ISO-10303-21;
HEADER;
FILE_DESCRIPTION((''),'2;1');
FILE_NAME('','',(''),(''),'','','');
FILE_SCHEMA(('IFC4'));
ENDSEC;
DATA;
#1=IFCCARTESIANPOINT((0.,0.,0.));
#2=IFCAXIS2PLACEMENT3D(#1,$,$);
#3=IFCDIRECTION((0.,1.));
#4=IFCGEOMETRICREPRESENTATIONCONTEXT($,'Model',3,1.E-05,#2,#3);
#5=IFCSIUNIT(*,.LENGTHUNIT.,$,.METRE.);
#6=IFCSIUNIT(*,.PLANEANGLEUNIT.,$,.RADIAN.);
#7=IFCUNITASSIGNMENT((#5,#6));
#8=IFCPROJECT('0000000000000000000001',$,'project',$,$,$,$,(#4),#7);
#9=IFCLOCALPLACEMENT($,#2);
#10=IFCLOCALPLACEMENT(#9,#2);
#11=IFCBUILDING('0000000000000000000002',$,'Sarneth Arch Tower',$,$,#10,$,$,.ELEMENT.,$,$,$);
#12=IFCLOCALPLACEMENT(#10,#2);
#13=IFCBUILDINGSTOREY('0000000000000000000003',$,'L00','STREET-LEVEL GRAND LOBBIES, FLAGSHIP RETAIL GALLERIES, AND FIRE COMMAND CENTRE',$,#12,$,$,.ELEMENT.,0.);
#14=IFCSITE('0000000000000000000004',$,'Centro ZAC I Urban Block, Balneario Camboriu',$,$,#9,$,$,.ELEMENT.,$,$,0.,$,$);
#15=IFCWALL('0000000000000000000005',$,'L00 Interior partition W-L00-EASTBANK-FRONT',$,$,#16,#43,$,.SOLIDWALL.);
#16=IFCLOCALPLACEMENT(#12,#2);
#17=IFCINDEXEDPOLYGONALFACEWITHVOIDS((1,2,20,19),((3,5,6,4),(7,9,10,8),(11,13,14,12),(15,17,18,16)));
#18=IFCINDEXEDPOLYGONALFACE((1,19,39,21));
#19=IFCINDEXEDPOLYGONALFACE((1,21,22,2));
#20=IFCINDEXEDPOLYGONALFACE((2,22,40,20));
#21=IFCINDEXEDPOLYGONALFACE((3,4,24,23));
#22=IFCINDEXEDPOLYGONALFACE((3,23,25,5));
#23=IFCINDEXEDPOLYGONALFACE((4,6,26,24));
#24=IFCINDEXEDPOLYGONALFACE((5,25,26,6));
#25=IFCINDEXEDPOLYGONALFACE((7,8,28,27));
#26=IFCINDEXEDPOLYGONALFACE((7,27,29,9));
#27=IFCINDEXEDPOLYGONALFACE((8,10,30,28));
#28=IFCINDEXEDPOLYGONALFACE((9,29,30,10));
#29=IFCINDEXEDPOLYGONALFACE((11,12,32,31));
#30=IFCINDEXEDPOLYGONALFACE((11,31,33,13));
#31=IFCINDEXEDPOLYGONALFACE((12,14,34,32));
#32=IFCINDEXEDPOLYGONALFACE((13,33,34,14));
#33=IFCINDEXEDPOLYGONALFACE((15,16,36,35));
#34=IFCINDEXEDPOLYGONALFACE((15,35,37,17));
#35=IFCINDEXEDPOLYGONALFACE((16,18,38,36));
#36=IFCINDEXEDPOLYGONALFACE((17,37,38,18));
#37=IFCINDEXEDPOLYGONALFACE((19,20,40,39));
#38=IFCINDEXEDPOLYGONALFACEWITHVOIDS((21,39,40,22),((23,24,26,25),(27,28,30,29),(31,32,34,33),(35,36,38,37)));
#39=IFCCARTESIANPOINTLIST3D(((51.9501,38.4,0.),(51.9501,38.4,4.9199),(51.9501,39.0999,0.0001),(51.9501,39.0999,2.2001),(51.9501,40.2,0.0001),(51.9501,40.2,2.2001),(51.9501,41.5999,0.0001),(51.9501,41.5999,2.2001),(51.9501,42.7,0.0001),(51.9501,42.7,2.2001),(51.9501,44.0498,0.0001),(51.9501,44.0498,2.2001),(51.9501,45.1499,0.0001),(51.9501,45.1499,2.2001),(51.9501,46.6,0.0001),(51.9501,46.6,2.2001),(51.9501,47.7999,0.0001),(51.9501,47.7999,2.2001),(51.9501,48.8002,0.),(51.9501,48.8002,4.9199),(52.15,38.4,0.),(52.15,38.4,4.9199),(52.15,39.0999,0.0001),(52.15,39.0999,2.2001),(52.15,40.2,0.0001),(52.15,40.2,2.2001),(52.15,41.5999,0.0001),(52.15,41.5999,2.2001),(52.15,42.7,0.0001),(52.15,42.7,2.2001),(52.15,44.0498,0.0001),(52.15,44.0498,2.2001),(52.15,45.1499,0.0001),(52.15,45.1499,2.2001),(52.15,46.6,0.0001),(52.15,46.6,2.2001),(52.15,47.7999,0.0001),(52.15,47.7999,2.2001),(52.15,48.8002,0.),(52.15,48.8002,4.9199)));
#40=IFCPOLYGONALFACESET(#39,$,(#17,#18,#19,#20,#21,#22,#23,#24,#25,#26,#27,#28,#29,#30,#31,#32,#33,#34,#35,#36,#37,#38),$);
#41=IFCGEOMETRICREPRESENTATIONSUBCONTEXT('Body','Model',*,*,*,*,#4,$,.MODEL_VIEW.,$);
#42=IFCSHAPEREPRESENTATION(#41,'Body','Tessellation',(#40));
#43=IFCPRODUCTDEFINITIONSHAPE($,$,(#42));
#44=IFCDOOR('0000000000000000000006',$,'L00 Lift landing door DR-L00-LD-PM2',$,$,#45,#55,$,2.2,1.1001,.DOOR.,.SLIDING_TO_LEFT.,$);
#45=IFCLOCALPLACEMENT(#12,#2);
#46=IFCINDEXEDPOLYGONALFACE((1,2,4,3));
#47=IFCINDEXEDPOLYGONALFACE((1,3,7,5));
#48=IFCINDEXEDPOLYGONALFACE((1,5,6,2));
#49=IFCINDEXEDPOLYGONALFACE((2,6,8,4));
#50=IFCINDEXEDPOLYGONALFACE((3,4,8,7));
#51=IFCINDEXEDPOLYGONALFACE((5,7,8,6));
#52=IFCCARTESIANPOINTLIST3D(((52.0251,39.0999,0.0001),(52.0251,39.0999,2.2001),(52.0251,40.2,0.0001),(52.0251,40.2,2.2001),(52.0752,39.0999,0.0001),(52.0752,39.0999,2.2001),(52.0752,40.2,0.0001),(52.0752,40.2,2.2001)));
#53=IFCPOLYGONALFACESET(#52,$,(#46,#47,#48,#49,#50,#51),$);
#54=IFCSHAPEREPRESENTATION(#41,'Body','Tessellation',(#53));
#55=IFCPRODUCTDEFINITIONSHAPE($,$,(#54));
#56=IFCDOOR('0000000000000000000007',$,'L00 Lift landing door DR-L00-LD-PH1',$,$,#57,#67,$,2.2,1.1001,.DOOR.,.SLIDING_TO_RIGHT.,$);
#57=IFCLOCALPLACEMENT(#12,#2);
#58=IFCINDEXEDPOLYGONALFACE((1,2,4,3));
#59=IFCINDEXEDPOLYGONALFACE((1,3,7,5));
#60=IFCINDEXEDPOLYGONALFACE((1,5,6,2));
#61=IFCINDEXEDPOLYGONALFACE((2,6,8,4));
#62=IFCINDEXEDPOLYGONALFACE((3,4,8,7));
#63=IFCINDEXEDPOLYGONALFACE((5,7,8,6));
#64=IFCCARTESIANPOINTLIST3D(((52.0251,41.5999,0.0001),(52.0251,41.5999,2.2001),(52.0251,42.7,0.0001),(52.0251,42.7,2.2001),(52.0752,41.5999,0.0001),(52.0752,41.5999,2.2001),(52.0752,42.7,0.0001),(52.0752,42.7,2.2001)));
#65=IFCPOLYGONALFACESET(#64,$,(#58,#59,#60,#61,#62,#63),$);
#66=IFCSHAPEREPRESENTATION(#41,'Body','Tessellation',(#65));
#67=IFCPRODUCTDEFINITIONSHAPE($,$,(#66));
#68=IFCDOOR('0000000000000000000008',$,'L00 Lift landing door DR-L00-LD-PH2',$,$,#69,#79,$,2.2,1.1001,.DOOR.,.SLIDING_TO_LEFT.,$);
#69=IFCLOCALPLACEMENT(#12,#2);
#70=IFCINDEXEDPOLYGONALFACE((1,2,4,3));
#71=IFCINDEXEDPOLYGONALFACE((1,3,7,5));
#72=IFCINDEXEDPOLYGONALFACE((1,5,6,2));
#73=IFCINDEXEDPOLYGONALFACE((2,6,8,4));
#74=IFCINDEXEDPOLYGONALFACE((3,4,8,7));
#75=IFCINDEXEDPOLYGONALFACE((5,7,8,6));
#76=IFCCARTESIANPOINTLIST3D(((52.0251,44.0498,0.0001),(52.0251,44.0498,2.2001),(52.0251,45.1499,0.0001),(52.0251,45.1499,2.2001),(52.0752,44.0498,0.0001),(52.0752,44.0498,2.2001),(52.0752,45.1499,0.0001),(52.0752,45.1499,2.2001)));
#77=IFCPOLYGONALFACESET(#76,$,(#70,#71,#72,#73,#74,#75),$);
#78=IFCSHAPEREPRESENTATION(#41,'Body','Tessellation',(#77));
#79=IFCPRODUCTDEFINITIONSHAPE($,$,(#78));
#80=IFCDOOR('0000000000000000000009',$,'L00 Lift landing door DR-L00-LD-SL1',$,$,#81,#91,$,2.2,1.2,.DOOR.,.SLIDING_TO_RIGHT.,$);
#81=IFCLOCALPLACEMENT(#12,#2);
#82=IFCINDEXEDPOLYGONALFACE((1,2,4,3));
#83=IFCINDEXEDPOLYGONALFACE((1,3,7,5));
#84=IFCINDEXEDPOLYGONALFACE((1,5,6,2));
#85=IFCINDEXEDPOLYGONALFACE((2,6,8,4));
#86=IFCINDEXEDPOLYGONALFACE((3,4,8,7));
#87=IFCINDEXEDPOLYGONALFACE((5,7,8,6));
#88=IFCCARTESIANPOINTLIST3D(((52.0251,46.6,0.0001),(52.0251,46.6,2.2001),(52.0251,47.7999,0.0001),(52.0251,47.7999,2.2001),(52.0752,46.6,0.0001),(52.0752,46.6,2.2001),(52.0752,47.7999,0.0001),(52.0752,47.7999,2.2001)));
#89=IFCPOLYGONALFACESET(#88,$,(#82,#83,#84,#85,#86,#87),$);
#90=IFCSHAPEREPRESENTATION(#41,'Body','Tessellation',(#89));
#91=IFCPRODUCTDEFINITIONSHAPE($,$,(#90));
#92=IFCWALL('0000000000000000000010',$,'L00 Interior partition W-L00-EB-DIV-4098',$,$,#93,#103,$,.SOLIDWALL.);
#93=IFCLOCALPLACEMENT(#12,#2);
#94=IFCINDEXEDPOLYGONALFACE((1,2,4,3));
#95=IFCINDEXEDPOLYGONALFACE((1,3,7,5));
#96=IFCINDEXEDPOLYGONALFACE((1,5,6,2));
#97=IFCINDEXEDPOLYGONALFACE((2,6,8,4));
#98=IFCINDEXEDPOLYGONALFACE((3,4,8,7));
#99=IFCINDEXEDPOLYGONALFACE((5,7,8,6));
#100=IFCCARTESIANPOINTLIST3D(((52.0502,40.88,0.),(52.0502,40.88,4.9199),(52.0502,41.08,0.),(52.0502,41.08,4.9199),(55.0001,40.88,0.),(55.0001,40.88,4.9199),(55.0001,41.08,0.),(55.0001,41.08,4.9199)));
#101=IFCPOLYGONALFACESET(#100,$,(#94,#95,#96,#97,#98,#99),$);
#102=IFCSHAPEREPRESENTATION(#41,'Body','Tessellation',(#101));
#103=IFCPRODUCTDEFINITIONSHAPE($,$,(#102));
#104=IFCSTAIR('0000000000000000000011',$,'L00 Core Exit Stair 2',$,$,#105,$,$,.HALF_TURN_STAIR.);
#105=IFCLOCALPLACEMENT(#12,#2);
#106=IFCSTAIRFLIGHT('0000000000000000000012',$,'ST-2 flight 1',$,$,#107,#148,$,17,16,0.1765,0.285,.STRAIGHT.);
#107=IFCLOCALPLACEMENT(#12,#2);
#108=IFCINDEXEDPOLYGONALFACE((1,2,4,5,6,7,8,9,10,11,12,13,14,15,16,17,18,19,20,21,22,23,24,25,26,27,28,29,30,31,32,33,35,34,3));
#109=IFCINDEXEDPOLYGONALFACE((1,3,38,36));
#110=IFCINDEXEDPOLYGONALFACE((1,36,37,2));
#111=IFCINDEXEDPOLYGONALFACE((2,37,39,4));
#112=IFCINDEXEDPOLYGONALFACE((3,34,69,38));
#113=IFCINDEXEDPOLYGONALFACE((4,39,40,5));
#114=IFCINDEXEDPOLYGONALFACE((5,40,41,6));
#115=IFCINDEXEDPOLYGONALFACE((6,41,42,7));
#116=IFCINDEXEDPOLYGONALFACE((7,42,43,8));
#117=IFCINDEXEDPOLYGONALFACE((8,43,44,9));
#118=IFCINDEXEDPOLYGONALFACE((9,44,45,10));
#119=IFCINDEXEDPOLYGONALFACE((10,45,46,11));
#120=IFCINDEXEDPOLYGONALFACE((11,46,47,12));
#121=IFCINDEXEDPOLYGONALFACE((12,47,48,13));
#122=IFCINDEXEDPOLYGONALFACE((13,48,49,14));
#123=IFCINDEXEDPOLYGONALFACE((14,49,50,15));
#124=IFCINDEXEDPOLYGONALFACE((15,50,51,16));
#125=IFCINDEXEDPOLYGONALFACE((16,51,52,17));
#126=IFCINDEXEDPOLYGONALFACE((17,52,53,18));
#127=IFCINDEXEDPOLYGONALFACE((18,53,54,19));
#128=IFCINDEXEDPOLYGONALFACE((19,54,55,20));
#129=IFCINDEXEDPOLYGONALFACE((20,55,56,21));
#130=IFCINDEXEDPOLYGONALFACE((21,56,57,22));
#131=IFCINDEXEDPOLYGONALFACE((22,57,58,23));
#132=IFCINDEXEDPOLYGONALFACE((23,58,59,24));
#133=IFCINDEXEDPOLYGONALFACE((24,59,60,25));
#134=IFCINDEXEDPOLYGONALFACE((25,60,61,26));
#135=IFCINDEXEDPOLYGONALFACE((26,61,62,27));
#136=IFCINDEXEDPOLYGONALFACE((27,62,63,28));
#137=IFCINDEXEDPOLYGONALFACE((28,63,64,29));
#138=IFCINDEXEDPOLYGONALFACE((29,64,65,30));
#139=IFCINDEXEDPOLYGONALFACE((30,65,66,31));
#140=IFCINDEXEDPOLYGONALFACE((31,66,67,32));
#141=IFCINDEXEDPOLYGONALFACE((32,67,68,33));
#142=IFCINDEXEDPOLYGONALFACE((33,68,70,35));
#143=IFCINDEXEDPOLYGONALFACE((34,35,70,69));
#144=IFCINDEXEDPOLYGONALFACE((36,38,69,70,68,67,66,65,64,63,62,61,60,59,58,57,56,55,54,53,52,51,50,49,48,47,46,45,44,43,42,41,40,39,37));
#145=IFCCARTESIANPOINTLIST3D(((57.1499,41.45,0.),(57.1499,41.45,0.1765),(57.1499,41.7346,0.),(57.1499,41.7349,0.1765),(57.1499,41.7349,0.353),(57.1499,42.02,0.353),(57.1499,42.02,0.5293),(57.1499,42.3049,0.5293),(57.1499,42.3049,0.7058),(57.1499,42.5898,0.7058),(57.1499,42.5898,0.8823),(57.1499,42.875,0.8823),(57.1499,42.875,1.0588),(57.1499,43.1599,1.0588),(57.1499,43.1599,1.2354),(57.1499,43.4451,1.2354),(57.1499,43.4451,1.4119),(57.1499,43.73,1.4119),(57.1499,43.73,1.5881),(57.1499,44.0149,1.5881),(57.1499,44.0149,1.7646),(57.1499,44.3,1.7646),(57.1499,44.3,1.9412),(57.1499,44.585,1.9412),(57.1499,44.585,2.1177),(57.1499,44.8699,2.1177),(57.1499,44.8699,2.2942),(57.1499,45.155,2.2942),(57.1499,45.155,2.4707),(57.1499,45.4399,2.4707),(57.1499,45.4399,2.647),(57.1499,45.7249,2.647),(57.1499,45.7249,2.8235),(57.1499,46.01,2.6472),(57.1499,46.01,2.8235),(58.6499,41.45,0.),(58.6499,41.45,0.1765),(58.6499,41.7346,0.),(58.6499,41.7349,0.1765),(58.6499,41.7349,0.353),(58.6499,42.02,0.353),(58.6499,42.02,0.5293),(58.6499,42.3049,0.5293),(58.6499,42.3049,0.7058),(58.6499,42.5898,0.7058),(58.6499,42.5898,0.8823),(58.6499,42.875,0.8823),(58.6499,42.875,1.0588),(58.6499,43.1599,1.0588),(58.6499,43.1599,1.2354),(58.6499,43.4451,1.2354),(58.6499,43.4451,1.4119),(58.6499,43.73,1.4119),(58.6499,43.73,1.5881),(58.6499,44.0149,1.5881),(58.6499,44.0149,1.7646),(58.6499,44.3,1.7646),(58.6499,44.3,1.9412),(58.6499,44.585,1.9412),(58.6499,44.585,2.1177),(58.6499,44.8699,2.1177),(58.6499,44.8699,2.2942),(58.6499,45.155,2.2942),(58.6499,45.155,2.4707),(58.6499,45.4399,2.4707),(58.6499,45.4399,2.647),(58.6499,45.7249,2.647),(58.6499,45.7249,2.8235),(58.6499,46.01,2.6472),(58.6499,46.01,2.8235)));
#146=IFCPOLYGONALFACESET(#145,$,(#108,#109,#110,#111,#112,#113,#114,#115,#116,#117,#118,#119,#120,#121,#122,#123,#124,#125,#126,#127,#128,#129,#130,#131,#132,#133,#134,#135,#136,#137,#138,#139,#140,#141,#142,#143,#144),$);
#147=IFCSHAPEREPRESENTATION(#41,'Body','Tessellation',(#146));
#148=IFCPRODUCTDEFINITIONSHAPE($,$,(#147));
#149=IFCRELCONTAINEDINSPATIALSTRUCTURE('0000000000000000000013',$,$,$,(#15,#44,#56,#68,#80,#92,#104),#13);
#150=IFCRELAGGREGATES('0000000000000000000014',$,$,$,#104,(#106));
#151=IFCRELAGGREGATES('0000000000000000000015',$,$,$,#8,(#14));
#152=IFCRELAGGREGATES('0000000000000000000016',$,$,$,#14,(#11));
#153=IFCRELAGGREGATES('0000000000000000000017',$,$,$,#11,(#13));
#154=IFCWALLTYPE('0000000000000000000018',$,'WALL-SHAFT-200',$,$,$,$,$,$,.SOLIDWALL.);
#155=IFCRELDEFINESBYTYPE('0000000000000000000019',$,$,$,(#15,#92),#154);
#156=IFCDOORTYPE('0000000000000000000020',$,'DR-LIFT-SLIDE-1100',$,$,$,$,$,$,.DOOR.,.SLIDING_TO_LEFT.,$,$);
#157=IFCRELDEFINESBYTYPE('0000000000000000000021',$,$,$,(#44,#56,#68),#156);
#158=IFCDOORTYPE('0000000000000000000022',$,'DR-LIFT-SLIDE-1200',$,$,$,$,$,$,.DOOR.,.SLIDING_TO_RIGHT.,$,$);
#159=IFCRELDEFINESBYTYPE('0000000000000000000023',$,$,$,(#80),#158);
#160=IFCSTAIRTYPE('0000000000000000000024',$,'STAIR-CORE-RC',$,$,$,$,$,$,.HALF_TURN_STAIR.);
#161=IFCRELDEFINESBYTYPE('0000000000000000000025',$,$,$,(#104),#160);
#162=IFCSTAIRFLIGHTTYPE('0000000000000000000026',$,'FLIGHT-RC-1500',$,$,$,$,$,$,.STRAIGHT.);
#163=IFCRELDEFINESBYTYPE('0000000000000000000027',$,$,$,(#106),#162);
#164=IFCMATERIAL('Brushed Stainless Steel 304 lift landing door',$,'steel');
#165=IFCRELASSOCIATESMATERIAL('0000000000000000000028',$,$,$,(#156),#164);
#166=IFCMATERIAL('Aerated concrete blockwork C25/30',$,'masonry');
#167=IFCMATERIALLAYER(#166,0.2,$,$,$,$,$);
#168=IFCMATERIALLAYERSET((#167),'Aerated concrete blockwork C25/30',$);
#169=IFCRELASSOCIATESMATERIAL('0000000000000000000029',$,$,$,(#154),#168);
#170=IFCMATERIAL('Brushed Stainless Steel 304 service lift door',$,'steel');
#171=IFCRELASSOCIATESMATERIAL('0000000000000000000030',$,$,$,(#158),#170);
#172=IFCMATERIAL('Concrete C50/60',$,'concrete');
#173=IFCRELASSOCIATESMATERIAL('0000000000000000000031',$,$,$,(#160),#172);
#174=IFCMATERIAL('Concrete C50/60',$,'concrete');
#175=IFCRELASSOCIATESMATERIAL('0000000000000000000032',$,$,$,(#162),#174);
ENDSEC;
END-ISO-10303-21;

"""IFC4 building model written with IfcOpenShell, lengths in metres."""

from ifc_helpers import new_model, si_unit, direction, frame, frame_2d, origin, place, context, subcontext, project, spatial, polyline, rectangle, outline, extrude, material, layer, layer_set, type_object, element, fill, aggregate, save


model = new_model("IFC4")

# Units and contexts
model_context = context("Model", 3, precision=1e-05, world=origin(), true_north=direction((0.0, 1.0)))
body_context = subcontext(model_context, "Body", "Model", "MODEL_VIEW")
ifc_project = project(units=[si_unit("LENGTHUNIT", "METRE"), si_unit("PLANEANGLEUNIT", "RADIAN")], contexts=[model_context])

# Site, building, storey
site_placement = place(None, origin())
site = spatial("IfcSite", under=ifc_project, at=site_placement, Name="Centro ZAC I Urban Block, Balneario Camboriu", CompositionType="ELEMENT", RefElevation=0.0)
building_placement = place(site_placement, origin())
building = spatial("IfcBuilding", under=site, at=building_placement, Name="Sarneth Arch Tower", CompositionType="ELEMENT")
storey_placement = place(building_placement, origin())
storey = spatial("IfcBuildingStorey", under=building, at=storey_placement, Name="L00", Description="STREET-LEVEL GRAND LOBBIES, FLAGSHIP RETAIL GALLERIES, AND FIRE COMMAND CENTRE", CompositionType="ELEMENT", Elevation=0.0)

# Shared definitions
ifc_material_1 = material(Name="Brushed Stainless Steel 304 lift landing door", Category="steel")
door_type_1 = type_object("IfcDoorType", Name="DR-LIFT-SLIDE-1100", OperationType="SLIDING_TO_LEFT", PredefinedType="DOOR", material=ifc_material_1)

# Shared definitions
ifc_material_2 = material(Name="Aerated concrete blockwork C25/30", Category="masonry")
ifc_layer_1 = layer(ifc_material_2, 0.2)
ifc_layer_set_1 = layer_set([ifc_layer_1], Name="Aerated concrete blockwork C25/30")
wall_type_1 = type_object("IfcWallType", Name="WALL-SHAFT-200", PredefinedType="SOLIDWALL", material=ifc_layer_set_1)

# Wall, openings, doors
wall_1_placement = place(storey_placement, frame((52.05, 38.3999, 0.0), z_axis=(0.0, 0.0, 1.0), x_axis=(0.0, 1.0, 0.0)))
wall_1 = element("IfcWall", 1, at=wall_1_placement, inside=storey, type_object=wall_type_1, Name="L00 Interior partition W-L00-EASTBANK-FRONT", PredefinedType="SOLIDWALL", context=body_context, shape_type="SweptSolid", body=[
    extrude(rectangle(XDim=10.4001, YDim=0.2, at=frame_2d((5.2002, 0.0))), origin(), (0.0, 0.0, 1.0), 4.9199),
])
opening_1_placement = place(wall_1_placement, frame((0.7, 0.0, 0.0)))
opening_1 = element("IfcOpeningElement", 2, at=opening_1_placement, cuts=wall_1, PredefinedType="OPENING", context=body_context, shape_type="SweptSolid", body=[
    extrude(rectangle(XDim=1.1001, YDim=2.2, at=frame_2d((0.55, 1.1001))), frame((0.0, 0.1099, 0.0), z_axis=(0.0, -1.0, 0.0), x_axis=(1.0, 0.0, 0.0)), (0.0, 0.0, 1.0), 0.22),
])
opening_2_placement = place(wall_1_placement, frame((3.2, 0.0, 0.0)))
opening_2 = element("IfcOpeningElement", 3, at=opening_2_placement, cuts=wall_1, PredefinedType="OPENING", context=body_context, shape_type="SweptSolid", body=[
    extrude(rectangle(XDim=1.1001, YDim=2.2, at=frame_2d((0.55, 1.1001))), frame((0.0, 0.1099, 0.0), z_axis=(0.0, -1.0, 0.0), x_axis=(1.0, 0.0, 0.0)), (0.0, 0.0, 1.0), 0.22),
])
opening_3_placement = place(wall_1_placement, frame((5.6499, 0.0, 0.0)))
opening_3 = element("IfcOpeningElement", 4, at=opening_3_placement, cuts=wall_1, PredefinedType="OPENING", context=body_context, shape_type="SweptSolid", body=[
    extrude(rectangle(XDim=1.1001, YDim=2.2, at=frame_2d((0.55, 1.1001))), frame((0.0, 0.1099, 0.0), z_axis=(0.0, -1.0, 0.0), x_axis=(1.0, 0.0, 0.0)), (0.0, 0.0, 1.0), 0.22),
])
opening_4_placement = place(wall_1_placement, frame((8.2, 0.0, 0.0)))
opening_4 = element("IfcOpeningElement", 5, at=opening_4_placement, cuts=wall_1, PredefinedType="OPENING", context=body_context, shape_type="SweptSolid", body=[
    extrude(rectangle(XDim=1.2, YDim=2.2, at=frame_2d((0.6001, 1.1001))), frame((0.0, 0.1099, 0.0), z_axis=(0.0, -1.0, 0.0), x_axis=(1.0, 0.0, 0.0)), (0.0, 0.0, 1.0), 0.22),
])
door_1_placement = place(opening_1_placement, origin())
door_1 = element("IfcDoor", 6, at=door_1_placement, inside=storey, type_object=door_type_1, Name="L00 Lift landing door DR-L00-LD-PM2", OperationType="SLIDING_TO_LEFT", OverallHeight=2.2, OverallWidth=1.1001, PredefinedType="DOOR", context=body_context, shape_type="SweptSolid", body=[
    extrude(rectangle(XDim=1.1001, YDim=2.2, at=frame_2d((0.55, 1.1001))), frame((0.0, 0.0249, 0.0), z_axis=(0.0, -1.0, 0.0), x_axis=(1.0, 0.0, 0.0)), (0.0, 0.0, 1.0), 0.05),
])
fill(opening_1, door_1)
door_2_placement = place(opening_2_placement, origin())
door_2 = element("IfcDoor", 7, at=door_2_placement, inside=storey, type_object=door_type_1, Name="L00 Lift landing door DR-L00-LD-PH1", OperationType="SLIDING_TO_RIGHT", OverallHeight=2.2, OverallWidth=1.1001, PredefinedType="DOOR", context=body_context, shape_type="SweptSolid", body=[
    extrude(rectangle(XDim=1.1001, YDim=2.2, at=frame_2d((0.55, 1.1001))), frame((0.0, 0.0249, 0.0), z_axis=(0.0, -1.0, 0.0), x_axis=(1.0, 0.0, 0.0)), (0.0, 0.0, 1.0), 0.05),
])
fill(opening_2, door_2)
door_3_placement = place(opening_3_placement, origin())
door_3 = element("IfcDoor", 8, at=door_3_placement, inside=storey, type_object=door_type_1, Name="L00 Lift landing door DR-L00-LD-PH2", OperationType="SLIDING_TO_LEFT", OverallHeight=2.2, OverallWidth=1.1001, PredefinedType="DOOR", context=body_context, shape_type="SweptSolid", body=[
    extrude(rectangle(XDim=1.1001, YDim=2.2, at=frame_2d((0.55, 1.1001))), frame((0.0, 0.0249, 0.0), z_axis=(0.0, -1.0, 0.0), x_axis=(1.0, 0.0, 0.0)), (0.0, 0.0, 1.0), 0.05),
])
fill(opening_3, door_3)
ifc_material_3 = material(Name="Brushed Stainless Steel 304 service lift door", Category="steel")
door_type_2 = type_object("IfcDoorType", Name="DR-LIFT-SLIDE-1200", OperationType="SLIDING_TO_RIGHT", PredefinedType="DOOR", material=ifc_material_3)
door_4_placement = place(opening_4_placement, origin())
door_4 = element("IfcDoor", 9, at=door_4_placement, inside=storey, type_object=door_type_2, Name="L00 Lift landing door DR-L00-LD-SL1", OperationType="SLIDING_TO_RIGHT", OverallHeight=2.2, OverallWidth=1.2, PredefinedType="DOOR", context=body_context, shape_type="SweptSolid", body=[
    extrude(rectangle(XDim=1.2, YDim=2.2, at=frame_2d((0.6001, 1.1001))), frame((0.0, 0.0249, 0.0), z_axis=(0.0, -1.0, 0.0), x_axis=(1.0, 0.0, 0.0)), (0.0, 0.0, 1.0), 0.05),
])
fill(opening_4, door_4)

# Wall
wall_2_placement = place(storey_placement, frame((52.05, 40.98, 0.0), z_axis=(0.0, 0.0, 1.0), x_axis=(1.0, 0.0, 0.0)))
element("IfcWall", 10, at=wall_2_placement, inside=storey, type_object=wall_type_1, Name="L00 Interior partition W-L00-EB-DIV-4098", PredefinedType="SOLIDWALL", context=body_context, shape_type="SweptSolid", body=[
    extrude(rectangle(XDim=2.95, YDim=0.2, at=frame_2d((1.4751, 0.0))), origin(), (0.0, 0.0, 1.0), 4.9199),
])

# Stair, stair flight
ifc_material_4 = material(Name="Concrete C50/60", Category="concrete")
stair_type = type_object("IfcStairType", Name="STAIR-CORE-RC", PredefinedType="HALF_TURN_STAIR", material=ifc_material_4)
stair_placement = place(storey_placement, origin())
stair = element("IfcStair", 11, at=stair_placement, inside=storey, type_object=stair_type, Name="L00 Core Exit Stair 2", PredefinedType="HALF_TURN_STAIR")
ifc_material_5 = material(Name="Concrete C50/60", Category="concrete")
stair_flight_type = type_object("IfcStairFlightType", Name="FLIGHT-RC-1500", PredefinedType="STRAIGHT", material=ifc_material_5)
stair_flight_placement = place(storey_placement, frame((57.8999, 41.45, 0.0), z_axis=(0.0, 0.0, 1.0), x_axis=(0.0, 1.0, 0.0)))
stair_flight = element("IfcStairFlight", 12, at=stair_flight_placement, type_object=stair_flight_type, Name="ST-2 flight 1", NumberOfRisers=17, NumberOfTreads=16, PredefinedType="STRAIGHT", RiserHeight=0.1765, TreadLength=0.285, context=body_context, shape_type="SweptSolid", body=[
    extrude(outline(polyline([(0.0, 0.0), (0.0, 0.1765), (0.2849, 0.1765), (0.2849, 0.353), (0.5701, 0.353), (0.5701, 0.5293), (0.855, 0.5293), (0.855, 0.7058), (1.1399, 0.7058), (1.1399, 0.8823), (1.425, 0.8823), (1.425, 1.0588), (1.71, 1.0588), (1.71, 1.2354), (1.9951, 1.2354), (1.9951, 1.4119), (2.28, 1.4119), (2.28, 1.5881), (2.5649, 1.5881), (2.5649, 1.7646), (2.8501, 1.7646), (2.8501, 1.9412), (3.135, 1.9412), (3.135, 2.1177), (3.4199, 2.1177), (3.4199, 2.2942), (3.7051, 2.2942), (3.7051, 2.4707), (3.99, 2.4707), (3.99, 2.647), (4.2749, 2.647), (4.2749, 2.8235), (4.5601, 2.8235), (4.5601, 3.0), (4.5601, 2.6472), (0.2847, 0.0), (0.0, 0.0)])), frame((0.0, 0.75, 0.0), z_axis=(0.0, -1.0, 0.0), x_axis=(1.0, 0.0, 0.0)), (0.0, 0.0, 1.0), 1.5),
])
aggregate(stair, [stair_flight])

save(model, "model.ifc")
